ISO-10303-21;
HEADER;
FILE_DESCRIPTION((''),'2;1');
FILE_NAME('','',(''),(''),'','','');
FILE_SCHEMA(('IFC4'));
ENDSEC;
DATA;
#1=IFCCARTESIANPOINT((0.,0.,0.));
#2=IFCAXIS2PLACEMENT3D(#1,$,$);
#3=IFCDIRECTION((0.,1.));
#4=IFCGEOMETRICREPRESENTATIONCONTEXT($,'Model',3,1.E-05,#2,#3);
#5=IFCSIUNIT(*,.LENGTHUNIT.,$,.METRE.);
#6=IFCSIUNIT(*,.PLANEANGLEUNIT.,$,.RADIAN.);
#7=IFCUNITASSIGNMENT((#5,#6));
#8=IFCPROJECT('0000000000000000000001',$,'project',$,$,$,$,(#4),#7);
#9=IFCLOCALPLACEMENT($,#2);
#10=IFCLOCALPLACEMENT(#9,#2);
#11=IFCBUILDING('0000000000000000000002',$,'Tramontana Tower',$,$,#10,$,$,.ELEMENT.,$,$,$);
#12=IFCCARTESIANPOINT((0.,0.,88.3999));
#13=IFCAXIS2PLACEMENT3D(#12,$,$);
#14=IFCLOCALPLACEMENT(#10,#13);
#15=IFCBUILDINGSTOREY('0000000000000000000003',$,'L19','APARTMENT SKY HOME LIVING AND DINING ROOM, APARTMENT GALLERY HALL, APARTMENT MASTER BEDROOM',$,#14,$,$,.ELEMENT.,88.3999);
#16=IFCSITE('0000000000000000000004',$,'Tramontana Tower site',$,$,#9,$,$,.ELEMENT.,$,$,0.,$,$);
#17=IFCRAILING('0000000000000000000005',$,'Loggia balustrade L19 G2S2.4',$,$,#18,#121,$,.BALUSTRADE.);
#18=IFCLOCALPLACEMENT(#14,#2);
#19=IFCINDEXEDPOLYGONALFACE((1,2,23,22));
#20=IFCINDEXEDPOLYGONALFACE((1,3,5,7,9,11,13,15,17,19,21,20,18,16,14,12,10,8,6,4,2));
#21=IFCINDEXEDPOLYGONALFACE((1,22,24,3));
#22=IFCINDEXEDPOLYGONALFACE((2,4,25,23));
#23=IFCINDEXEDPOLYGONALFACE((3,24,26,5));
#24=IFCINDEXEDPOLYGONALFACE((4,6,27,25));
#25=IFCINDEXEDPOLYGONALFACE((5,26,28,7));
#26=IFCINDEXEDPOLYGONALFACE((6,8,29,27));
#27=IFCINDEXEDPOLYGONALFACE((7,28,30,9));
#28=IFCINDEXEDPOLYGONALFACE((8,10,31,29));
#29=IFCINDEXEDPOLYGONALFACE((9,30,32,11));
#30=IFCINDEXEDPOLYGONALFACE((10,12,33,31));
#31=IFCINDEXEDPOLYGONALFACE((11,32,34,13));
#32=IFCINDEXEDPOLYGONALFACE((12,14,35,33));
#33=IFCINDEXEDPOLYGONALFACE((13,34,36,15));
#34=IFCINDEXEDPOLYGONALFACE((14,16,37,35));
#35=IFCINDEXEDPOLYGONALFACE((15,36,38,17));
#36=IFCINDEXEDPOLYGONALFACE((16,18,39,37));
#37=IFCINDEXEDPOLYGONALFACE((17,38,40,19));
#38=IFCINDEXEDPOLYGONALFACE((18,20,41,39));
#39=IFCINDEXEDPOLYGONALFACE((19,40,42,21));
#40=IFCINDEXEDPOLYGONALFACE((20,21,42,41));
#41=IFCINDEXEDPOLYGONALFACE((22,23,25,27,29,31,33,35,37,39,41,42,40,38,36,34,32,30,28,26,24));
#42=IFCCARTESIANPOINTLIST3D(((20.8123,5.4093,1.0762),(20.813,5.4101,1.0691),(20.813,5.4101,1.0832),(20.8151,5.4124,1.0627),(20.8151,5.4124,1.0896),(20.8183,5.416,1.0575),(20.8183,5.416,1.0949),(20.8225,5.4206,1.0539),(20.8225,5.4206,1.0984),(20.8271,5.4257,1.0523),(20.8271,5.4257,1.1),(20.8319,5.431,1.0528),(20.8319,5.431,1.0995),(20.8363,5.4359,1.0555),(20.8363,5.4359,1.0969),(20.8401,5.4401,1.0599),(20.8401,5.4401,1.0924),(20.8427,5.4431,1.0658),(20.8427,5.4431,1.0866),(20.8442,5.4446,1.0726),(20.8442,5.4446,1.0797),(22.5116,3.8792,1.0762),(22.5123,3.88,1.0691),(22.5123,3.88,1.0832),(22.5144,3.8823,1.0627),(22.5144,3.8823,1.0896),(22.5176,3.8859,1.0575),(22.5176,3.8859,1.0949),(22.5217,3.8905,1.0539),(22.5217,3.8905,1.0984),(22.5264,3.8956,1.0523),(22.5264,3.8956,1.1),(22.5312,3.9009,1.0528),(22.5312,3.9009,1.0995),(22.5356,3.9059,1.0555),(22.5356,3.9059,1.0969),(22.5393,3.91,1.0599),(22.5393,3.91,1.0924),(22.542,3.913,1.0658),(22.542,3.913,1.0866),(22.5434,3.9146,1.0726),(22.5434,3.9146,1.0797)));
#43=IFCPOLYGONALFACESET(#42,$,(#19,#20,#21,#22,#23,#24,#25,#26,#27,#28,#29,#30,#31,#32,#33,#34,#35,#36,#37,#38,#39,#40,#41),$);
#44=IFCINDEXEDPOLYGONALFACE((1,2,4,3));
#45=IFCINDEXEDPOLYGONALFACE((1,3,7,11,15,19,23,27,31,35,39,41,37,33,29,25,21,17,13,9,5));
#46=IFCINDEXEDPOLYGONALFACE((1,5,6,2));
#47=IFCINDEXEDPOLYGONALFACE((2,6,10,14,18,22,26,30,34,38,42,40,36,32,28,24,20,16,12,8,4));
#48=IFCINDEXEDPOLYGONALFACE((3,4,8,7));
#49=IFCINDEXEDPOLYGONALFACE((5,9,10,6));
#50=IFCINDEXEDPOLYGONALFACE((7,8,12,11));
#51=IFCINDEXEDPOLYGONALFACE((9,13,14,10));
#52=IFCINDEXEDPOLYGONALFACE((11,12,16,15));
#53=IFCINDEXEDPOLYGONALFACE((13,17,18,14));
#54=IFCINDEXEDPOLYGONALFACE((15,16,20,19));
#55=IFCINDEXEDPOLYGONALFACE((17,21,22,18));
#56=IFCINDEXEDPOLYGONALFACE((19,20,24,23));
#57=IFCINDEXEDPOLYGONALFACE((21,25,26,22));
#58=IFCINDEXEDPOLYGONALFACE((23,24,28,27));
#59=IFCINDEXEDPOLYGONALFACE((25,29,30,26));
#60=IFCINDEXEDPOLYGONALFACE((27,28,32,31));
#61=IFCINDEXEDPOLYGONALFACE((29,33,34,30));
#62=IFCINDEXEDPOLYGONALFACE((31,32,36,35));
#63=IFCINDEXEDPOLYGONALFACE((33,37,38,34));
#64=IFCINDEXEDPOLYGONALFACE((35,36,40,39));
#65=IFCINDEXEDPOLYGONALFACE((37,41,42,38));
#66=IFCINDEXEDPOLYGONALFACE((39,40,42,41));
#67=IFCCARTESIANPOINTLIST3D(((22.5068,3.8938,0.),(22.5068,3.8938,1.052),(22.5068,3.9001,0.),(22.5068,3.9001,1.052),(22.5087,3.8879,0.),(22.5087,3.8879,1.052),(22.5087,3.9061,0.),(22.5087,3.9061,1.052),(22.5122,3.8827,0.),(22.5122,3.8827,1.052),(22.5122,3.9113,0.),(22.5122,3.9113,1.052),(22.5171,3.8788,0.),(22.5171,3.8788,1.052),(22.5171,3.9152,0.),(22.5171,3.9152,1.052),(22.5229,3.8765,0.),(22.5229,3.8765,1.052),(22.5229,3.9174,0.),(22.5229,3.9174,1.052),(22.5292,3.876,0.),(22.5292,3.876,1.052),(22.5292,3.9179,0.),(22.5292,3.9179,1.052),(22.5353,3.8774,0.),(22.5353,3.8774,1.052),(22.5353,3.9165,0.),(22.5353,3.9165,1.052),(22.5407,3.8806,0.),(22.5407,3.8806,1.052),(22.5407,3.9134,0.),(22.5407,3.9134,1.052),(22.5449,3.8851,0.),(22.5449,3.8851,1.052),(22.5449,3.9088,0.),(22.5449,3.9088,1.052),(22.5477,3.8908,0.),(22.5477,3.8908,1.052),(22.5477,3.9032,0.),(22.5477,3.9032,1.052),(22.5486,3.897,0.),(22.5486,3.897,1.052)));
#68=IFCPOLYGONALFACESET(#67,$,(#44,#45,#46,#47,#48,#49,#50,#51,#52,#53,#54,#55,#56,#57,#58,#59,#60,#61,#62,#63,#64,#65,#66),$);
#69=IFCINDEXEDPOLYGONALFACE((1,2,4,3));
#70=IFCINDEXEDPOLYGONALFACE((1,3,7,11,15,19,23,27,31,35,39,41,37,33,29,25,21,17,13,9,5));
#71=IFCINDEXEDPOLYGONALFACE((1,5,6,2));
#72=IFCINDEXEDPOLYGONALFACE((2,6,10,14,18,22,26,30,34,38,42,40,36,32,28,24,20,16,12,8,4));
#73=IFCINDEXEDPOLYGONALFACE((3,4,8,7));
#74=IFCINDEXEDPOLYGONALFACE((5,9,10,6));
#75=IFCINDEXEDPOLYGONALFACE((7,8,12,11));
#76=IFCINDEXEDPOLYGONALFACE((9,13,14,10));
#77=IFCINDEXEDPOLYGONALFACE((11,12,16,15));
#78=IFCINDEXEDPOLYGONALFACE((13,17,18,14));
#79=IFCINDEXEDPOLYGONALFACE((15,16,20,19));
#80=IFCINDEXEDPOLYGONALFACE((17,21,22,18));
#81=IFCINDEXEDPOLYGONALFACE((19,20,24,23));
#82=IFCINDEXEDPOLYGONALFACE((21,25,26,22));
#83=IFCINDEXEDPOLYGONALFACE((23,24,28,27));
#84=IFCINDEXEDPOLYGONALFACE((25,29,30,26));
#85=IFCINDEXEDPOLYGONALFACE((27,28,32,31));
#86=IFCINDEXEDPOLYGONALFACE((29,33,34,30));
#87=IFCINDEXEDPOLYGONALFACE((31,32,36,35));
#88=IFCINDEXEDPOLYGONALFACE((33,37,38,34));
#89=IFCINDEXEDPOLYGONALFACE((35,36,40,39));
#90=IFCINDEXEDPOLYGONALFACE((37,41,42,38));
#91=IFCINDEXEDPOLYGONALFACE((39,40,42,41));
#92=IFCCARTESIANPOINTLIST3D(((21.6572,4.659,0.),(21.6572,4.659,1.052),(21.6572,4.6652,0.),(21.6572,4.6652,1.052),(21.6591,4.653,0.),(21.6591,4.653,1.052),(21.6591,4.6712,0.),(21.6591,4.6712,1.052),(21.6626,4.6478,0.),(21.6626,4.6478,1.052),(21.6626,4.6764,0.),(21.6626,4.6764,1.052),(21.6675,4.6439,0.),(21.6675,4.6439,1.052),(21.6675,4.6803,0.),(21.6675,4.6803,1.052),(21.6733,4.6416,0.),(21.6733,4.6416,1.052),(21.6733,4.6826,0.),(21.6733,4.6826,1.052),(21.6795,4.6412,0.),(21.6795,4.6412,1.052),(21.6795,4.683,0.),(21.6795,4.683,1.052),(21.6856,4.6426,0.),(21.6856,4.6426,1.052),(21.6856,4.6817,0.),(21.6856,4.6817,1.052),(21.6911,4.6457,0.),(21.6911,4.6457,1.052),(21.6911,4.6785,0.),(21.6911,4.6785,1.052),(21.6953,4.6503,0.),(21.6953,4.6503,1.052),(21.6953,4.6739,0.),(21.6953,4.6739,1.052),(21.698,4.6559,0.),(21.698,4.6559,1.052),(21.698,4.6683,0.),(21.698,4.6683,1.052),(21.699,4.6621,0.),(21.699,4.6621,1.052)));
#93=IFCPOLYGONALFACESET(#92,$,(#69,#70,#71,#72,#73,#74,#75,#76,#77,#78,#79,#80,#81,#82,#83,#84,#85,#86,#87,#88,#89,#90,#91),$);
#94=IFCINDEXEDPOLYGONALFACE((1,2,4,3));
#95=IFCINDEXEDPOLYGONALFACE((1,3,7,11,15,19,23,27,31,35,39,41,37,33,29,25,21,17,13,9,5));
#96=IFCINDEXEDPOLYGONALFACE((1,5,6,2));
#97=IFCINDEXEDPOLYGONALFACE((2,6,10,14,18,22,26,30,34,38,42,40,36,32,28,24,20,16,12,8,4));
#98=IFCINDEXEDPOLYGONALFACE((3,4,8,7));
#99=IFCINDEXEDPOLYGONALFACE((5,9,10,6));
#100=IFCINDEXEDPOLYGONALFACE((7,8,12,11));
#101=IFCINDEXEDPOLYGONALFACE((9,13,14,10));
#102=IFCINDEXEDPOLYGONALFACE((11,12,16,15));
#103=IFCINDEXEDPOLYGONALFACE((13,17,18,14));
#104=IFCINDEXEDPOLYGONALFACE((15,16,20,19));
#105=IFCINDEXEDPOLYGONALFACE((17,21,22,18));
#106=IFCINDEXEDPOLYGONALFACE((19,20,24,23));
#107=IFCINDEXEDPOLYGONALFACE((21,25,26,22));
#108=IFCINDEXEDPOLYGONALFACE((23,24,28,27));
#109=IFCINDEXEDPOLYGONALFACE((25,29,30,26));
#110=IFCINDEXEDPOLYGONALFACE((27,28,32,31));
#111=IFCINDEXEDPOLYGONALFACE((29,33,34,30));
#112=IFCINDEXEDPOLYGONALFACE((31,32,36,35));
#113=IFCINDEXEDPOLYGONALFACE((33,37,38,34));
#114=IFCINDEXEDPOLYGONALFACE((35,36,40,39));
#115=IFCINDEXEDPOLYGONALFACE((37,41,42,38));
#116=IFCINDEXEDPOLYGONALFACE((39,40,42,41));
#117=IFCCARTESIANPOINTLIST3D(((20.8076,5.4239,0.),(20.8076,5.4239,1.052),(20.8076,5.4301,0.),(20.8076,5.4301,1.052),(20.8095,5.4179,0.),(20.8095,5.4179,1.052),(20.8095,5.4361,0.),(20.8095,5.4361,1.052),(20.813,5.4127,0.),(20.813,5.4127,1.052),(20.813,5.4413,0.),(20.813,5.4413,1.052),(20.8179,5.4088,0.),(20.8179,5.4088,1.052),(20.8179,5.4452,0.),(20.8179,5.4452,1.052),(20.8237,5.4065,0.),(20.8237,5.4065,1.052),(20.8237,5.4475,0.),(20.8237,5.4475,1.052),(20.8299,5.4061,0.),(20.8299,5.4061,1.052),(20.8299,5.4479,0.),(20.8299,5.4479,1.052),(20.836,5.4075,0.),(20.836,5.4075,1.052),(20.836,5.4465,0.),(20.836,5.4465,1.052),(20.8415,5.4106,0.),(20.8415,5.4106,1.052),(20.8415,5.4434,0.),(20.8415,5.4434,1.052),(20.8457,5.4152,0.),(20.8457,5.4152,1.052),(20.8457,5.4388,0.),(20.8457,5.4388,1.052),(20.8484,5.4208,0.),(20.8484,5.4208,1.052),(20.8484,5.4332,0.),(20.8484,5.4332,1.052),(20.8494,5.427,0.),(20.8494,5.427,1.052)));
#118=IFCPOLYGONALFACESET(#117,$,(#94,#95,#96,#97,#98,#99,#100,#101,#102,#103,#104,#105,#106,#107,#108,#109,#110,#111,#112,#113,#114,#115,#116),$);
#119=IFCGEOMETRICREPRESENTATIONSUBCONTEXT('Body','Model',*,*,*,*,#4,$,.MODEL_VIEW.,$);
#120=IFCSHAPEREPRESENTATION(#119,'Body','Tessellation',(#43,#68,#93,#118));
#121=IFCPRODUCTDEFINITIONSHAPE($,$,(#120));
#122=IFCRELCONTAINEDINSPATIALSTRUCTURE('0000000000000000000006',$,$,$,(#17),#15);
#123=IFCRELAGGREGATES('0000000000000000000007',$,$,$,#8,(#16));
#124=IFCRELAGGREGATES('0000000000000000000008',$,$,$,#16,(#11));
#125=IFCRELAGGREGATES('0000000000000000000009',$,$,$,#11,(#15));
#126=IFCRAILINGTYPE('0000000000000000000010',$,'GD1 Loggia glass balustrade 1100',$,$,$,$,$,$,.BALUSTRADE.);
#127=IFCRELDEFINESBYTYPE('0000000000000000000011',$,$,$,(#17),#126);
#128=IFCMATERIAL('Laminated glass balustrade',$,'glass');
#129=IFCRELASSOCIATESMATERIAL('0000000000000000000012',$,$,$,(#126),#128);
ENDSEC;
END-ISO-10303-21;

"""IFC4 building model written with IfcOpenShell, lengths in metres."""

from ifc_helpers import new_model, si_unit, direction, frame, origin, origin_2d, place, context, subcontext, project, spatial, circle, extrude, material, type_object, element, save


model = new_model("IFC4")

# Units and contexts
model_context = context("Model", 3, precision=1e-05, world=origin(), true_north=direction((0.0, 1.0)))
body_context = subcontext(model_context, "Body", "Model", "MODEL_VIEW")
ifc_project = project(units=[si_unit("LENGTHUNIT", "METRE"), si_unit("PLANEANGLEUNIT", "RADIAN")], contexts=[model_context])

# Site, building, storey
site_placement = place(None, origin())
site = spatial("IfcSite", under=ifc_project, at=site_placement, Name="Tramontana Tower site", CompositionType="ELEMENT", RefElevation=0.0)
building_placement = place(site_placement, origin())
building = spatial("IfcBuilding", under=site, at=building_placement, Name="Tramontana Tower", CompositionType="ELEMENT")
storey_placement = place(building_placement, frame((0.0, 0.0, 88.3999)))
storey = spatial("IfcBuildingStorey", under=building, at=storey_placement, Name="L19", Description="APARTMENT SKY HOME LIVING AND DINING ROOM, APARTMENT GALLERY HALL, APARTMENT MASTER BEDROOM", CompositionType="ELEMENT", Elevation=88.3999)

# Railing
ifc_material_1 = material(Name="Laminated glass balustrade", Category="glass")
railing_type = type_object("IfcRailingType", Name="GD1 Loggia glass balustrade 1100", PredefinedType="BALUSTRADE", material=ifc_material_1)
railing_placement = place(storey_placement, frame((22.5276, 3.897, 0.0)))
element("IfcRailing", 1, at=railing_placement, inside=storey, type_object=railing_type, Name="Loggia balustrade L19 G2S2.4", PredefinedType="BALUSTRADE", context=body_context, shape_type="SweptSolid", body=[
    extrude(circle(Radius=0.0239, at=origin_2d()), frame((0.0, 0.0, 1.0762), z_axis=(-0.743135, 0.669142, 0.0), x_axis=(-0.669142, -0.743135, 0.0)), (0.0, 0.0, 1.0), 2.2866),
    extrude(circle(Radius=0.021, at=origin_2d()), origin(), (0.0, 0.0, 1.0), 1.052),
    extrude(circle(Radius=0.021, at=origin_2d()), frame((-0.8496, 0.7651, 0.0)), (0.0, 0.0, 1.0), 1.052),
    extrude(circle(Radius=0.021, at=origin_2d()), frame((-1.6992, 1.53, 0.0)), (0.0, 0.0, 1.0), 1.052),
])

save(model, "model.ifc")
